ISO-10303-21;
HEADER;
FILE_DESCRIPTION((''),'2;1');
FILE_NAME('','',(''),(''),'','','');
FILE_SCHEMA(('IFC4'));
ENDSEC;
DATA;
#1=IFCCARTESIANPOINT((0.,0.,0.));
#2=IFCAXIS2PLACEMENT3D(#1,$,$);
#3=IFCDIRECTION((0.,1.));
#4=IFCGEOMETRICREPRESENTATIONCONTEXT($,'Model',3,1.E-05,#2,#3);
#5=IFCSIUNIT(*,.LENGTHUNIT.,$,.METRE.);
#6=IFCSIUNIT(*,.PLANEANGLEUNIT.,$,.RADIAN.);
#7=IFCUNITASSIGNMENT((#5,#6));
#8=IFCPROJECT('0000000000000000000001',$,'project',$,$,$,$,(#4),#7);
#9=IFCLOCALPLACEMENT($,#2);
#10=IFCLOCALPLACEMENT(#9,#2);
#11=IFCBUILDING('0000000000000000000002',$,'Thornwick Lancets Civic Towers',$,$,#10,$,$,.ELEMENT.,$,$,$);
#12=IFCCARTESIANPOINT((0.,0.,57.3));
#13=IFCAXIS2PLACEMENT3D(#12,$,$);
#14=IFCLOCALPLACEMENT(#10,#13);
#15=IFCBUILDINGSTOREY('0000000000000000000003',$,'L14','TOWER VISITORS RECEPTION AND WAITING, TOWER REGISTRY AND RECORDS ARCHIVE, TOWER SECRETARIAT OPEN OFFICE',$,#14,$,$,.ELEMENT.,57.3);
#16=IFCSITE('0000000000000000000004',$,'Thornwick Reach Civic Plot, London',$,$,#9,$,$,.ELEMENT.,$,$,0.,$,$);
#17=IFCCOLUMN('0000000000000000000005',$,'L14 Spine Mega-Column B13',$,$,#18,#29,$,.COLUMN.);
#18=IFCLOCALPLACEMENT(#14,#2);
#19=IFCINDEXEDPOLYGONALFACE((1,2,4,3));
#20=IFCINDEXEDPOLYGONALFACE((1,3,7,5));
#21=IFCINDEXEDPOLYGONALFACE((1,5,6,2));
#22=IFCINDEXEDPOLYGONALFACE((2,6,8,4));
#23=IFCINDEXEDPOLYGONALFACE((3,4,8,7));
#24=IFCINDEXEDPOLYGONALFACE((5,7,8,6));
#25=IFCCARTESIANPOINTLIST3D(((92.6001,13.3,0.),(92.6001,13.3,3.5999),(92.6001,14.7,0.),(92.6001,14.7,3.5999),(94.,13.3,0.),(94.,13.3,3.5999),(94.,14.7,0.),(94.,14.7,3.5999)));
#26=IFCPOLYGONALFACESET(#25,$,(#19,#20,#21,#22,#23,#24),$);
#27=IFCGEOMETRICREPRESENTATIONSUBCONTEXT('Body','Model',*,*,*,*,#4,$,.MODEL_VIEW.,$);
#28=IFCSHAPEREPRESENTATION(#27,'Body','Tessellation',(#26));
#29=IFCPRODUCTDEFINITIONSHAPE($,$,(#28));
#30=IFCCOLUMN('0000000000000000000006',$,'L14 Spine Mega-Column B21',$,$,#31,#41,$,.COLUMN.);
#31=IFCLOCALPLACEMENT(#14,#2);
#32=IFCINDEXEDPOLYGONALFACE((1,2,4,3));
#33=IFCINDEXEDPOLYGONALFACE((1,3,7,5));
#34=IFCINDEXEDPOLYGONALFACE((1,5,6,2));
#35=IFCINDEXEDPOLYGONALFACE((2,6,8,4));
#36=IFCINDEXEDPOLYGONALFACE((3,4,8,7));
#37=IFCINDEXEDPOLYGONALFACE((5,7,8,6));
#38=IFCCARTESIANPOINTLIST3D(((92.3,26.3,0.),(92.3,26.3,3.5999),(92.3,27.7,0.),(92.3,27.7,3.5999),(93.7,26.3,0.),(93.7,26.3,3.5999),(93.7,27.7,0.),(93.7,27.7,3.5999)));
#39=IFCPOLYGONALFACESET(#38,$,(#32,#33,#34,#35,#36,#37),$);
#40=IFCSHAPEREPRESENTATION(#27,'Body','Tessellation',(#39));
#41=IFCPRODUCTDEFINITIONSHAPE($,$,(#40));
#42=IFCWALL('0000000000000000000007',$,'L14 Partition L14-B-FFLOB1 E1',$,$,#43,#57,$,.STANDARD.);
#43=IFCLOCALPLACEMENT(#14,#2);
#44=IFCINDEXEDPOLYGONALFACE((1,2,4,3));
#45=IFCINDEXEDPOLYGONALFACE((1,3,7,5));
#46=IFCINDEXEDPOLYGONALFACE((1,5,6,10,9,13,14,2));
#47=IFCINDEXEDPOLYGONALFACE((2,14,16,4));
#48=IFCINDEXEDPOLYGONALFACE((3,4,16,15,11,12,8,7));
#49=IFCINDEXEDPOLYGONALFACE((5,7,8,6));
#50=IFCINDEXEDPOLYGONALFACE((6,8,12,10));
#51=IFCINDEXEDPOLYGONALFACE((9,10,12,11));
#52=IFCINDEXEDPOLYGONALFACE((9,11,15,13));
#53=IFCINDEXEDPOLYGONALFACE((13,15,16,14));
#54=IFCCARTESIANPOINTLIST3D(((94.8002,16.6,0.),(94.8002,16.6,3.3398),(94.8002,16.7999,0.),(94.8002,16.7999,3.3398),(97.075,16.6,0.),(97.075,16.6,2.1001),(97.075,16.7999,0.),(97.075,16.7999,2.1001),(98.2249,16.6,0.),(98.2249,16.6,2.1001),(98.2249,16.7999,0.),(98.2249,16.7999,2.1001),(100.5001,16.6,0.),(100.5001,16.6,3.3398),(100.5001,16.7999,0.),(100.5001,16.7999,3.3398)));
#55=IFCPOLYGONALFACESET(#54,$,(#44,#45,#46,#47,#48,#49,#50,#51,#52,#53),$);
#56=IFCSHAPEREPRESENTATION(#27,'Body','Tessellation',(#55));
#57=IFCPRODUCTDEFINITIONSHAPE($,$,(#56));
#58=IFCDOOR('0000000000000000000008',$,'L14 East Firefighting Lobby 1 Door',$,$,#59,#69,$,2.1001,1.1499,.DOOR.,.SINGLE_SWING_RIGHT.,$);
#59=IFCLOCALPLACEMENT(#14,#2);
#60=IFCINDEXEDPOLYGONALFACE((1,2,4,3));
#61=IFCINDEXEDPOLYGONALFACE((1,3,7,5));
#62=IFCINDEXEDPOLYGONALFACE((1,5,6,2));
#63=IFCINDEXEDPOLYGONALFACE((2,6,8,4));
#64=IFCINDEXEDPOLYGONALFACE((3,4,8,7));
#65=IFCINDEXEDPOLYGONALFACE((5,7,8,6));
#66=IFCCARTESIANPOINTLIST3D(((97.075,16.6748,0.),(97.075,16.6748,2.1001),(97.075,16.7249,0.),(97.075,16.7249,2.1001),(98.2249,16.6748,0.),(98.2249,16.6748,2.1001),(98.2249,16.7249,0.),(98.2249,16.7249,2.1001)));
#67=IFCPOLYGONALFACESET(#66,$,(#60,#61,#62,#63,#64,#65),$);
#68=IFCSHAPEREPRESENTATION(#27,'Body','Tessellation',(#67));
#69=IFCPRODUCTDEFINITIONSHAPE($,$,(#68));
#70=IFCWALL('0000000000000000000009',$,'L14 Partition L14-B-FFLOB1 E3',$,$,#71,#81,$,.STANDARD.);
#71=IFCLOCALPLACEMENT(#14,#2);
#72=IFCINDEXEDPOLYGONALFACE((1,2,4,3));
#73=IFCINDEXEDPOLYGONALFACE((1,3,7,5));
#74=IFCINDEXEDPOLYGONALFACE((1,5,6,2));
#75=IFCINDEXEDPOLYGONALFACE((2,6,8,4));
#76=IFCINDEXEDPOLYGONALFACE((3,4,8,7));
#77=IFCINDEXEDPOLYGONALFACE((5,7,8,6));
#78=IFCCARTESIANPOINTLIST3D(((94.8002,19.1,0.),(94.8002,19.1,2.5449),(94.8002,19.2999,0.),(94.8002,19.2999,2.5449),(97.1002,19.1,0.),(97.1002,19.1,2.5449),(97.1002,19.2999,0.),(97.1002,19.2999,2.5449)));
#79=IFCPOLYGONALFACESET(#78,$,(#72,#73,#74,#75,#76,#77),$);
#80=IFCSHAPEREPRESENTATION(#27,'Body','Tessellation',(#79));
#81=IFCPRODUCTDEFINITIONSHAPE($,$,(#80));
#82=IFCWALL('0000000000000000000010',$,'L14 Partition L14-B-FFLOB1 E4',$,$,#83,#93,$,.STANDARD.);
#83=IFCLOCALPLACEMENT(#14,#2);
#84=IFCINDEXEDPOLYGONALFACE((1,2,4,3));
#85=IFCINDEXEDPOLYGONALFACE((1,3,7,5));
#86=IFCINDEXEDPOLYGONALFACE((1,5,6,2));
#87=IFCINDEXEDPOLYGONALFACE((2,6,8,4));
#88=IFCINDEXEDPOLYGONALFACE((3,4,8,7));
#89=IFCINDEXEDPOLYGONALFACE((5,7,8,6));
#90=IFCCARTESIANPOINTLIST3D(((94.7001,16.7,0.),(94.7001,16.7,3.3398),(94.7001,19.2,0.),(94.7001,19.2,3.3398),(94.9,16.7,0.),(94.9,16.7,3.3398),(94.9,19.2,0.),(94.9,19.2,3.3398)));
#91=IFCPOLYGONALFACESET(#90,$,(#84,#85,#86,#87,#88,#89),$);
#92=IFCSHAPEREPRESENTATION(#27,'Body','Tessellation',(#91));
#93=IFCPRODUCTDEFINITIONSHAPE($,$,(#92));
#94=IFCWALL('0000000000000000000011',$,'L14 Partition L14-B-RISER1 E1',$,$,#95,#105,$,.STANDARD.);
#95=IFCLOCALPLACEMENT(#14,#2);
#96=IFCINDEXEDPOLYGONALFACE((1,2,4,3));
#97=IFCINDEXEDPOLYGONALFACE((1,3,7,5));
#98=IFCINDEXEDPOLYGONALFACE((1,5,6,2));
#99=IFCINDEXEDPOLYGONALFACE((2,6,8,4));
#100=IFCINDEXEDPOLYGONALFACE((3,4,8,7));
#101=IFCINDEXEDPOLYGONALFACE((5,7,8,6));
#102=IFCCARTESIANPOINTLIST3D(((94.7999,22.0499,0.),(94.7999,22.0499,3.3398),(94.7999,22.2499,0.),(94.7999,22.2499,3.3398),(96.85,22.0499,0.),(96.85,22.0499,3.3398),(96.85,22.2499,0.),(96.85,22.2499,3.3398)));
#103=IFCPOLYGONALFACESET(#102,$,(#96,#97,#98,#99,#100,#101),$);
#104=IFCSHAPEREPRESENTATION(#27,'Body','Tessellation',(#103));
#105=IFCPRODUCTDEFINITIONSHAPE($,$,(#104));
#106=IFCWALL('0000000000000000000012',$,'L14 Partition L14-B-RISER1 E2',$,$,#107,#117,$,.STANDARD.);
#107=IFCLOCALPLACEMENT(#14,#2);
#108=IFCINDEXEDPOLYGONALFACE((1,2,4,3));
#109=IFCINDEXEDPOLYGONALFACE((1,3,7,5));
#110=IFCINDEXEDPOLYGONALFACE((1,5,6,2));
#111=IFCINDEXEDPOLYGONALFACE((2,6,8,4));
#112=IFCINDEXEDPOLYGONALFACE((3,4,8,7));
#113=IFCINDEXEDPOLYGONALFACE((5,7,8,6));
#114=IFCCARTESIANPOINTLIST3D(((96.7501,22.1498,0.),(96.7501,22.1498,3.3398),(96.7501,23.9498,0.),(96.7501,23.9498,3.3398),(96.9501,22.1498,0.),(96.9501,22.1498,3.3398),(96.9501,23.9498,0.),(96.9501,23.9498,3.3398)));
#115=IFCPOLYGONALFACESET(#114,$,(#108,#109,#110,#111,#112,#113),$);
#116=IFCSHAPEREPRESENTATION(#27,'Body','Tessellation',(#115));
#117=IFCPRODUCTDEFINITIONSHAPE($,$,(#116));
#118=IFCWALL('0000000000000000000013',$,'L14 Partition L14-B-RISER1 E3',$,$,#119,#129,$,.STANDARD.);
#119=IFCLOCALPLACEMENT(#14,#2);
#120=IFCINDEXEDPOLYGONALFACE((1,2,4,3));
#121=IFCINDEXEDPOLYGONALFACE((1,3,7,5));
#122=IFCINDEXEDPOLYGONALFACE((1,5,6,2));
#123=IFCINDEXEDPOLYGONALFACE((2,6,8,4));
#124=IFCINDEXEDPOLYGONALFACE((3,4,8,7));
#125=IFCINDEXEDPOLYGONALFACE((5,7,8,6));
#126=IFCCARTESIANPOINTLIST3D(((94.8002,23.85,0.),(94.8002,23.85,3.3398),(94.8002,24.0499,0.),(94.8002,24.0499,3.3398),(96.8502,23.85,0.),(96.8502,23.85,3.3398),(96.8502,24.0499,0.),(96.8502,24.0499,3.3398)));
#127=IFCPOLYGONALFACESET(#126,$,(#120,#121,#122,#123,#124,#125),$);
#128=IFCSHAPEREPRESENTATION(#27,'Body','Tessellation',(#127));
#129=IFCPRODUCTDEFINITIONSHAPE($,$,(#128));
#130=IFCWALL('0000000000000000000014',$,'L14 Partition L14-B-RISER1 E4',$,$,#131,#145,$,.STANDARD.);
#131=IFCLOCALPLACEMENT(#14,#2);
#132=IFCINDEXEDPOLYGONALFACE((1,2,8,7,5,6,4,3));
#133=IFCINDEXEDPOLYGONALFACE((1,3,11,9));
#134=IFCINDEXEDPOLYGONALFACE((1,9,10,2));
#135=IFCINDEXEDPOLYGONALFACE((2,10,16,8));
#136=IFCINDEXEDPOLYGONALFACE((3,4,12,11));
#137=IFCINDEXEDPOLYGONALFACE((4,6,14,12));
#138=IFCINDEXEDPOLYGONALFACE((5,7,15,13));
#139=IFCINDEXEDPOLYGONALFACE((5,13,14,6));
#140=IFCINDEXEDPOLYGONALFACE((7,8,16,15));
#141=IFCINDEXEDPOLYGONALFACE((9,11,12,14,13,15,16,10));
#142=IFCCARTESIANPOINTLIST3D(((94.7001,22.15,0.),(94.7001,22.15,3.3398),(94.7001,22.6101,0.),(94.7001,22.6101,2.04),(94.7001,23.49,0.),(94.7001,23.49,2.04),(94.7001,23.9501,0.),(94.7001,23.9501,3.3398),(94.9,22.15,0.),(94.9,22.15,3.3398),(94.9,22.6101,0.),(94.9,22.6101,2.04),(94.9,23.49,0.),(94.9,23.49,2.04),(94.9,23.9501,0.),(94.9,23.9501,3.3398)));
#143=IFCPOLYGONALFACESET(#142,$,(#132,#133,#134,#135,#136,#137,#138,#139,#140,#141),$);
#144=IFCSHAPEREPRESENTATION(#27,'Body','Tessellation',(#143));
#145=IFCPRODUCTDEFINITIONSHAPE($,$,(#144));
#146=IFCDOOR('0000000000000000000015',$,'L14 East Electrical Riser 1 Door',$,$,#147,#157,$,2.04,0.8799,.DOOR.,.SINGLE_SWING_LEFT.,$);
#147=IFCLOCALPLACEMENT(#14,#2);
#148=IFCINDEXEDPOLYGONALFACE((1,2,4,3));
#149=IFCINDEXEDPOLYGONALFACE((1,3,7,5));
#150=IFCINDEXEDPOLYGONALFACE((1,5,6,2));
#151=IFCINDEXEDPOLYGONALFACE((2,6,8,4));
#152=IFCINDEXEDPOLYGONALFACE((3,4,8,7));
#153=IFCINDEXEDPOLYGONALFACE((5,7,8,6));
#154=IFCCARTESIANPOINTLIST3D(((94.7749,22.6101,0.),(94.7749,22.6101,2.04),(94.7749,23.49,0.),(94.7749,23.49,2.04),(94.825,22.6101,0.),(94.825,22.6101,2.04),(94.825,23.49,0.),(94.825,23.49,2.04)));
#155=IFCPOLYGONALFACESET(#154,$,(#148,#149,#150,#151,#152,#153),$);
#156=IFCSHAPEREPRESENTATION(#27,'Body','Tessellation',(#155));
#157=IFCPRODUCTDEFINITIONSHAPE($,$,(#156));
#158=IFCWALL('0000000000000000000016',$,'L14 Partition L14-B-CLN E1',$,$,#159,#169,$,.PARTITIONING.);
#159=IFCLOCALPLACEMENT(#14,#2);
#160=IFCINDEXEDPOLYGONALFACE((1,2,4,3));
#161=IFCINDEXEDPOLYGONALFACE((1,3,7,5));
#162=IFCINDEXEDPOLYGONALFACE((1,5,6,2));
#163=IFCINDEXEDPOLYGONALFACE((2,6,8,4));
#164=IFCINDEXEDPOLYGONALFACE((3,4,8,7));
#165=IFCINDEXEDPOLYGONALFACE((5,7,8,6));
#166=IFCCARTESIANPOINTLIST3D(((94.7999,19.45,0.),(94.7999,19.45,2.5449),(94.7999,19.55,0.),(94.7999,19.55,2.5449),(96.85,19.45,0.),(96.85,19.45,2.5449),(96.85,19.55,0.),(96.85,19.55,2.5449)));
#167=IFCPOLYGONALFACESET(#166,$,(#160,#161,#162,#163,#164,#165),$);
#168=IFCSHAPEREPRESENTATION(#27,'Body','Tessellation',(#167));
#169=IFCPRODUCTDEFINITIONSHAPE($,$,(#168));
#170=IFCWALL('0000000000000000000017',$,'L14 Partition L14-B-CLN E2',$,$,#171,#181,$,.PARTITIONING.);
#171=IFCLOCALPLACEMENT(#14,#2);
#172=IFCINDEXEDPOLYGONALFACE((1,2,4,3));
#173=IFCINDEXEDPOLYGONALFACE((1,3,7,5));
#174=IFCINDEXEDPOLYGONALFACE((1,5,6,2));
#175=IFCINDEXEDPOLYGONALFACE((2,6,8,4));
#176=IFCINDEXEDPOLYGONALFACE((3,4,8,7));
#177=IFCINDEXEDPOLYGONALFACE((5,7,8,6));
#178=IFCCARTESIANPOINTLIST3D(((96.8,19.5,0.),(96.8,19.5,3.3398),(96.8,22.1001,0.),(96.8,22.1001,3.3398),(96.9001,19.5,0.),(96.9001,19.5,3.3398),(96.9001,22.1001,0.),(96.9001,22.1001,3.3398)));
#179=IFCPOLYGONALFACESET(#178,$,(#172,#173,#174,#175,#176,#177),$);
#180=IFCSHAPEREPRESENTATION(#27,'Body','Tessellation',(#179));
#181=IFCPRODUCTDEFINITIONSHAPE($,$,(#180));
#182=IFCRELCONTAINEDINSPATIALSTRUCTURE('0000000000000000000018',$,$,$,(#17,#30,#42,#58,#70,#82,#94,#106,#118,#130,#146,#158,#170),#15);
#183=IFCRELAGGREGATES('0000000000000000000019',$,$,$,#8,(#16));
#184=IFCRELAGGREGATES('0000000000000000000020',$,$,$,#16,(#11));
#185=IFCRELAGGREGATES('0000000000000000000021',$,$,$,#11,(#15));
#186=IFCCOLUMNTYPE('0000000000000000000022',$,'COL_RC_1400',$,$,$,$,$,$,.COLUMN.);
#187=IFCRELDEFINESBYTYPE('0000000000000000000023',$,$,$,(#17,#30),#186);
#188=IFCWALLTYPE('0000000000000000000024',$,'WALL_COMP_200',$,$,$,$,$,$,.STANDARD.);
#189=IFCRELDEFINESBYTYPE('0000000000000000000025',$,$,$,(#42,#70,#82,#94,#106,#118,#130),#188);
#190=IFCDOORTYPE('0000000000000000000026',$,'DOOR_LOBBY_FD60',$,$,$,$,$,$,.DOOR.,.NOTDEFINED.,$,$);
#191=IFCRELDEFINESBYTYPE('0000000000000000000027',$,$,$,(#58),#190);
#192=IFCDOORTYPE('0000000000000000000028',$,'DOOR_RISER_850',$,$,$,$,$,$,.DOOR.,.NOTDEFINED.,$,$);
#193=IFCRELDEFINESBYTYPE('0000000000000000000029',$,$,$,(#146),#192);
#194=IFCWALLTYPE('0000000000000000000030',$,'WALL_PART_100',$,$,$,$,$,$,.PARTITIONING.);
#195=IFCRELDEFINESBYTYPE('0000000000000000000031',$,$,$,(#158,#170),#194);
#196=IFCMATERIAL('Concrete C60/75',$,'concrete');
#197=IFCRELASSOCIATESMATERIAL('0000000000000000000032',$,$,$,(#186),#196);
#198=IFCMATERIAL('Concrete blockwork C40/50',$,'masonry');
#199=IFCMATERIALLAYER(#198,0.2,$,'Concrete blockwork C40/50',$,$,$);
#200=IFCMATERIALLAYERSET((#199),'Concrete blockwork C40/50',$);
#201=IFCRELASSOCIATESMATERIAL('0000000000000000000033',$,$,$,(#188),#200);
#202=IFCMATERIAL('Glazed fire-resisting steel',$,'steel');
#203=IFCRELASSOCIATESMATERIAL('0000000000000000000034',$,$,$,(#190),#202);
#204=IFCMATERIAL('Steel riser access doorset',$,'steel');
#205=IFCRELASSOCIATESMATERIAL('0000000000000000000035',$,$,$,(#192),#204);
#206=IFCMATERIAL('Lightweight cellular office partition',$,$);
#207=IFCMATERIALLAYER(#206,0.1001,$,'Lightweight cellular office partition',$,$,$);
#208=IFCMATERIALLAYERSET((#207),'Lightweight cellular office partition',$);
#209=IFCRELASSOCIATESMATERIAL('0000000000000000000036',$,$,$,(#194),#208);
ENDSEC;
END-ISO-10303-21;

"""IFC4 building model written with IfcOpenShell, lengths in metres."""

from ifc_helpers import new_model, si_unit, direction, frame, frame_2d, origin, origin_2d, place, context, subcontext, project, spatial, rectangle, extrude, material, layer, layer_set, material_profile, profile_set, type_object, element, fill, save


model = new_model("IFC4")

# Units and contexts
model_context = context("Model", 3, precision=1e-05, world=origin(), true_north=direction((0.0, 1.0)))
body_context = subcontext(model_context, "Body", "Model", "MODEL_VIEW")
ifc_project = project(units=[si_unit("LENGTHUNIT", "METRE"), si_unit("PLANEANGLEUNIT", "RADIAN")], contexts=[model_context])

# Site, building, storey
site_placement = place(None, origin())
site = spatial("IfcSite", under=ifc_project, at=site_placement, Name="Thornwick Reach Civic Plot, London", CompositionType="ELEMENT", RefElevation=0.0)
building_placement = place(site_placement, origin())
building = spatial("IfcBuilding", under=site, at=building_placement, Name="Thornwick Lancets Civic Towers", CompositionType="ELEMENT")
storey_placement = place(building_placement, frame((0.0, 0.0, 57.3)))
storey = spatial("IfcBuildingStorey", under=building, at=storey_placement, Name="L14", Description="TOWER VISITORS RECEPTION AND WAITING, TOWER REGISTRY AND RECORDS ARCHIVE, TOWER SECRETARIAT OPEN OFFICE", CompositionType="ELEMENT", Elevation=57.3)

# Columns
ifc_material_1 = material(Name="Concrete C60/75", Category="concrete")
ifc_material_profile = material_profile(ifc_material_1, rectangle(XDim=1.3999, YDim=1.3999, at=origin_2d()), Name="RC 1400x1400")
ifc_profile_set = profile_set([ifc_material_profile], Name="Concrete C60/75")
column_type = type_object("IfcColumnType", Name="COL_RC_1400", PredefinedType="COLUMN", material=ifc_profile_set)
for number, where, z_axis, x_axis, name in (
    (1, (93.3, 14.0, 0.0), (0.0, 0.0, 1.0), (1.0, 0.0, 0.0), "L14 Spine Mega-Column B13"),
    (2, (93.0, 27.0, 0.0), (0.0, 0.0, 1.0), (1.0, 0.0, 0.0), "L14 Spine Mega-Column B21"),
):
    element("IfcColumn", number, at=place(storey_placement, frame(where, z_axis=z_axis, x_axis=x_axis)), inside=storey, type_object=column_type, Name=name, PredefinedType="COLUMN", context=body_context, shape_type="SweptSolid", body=[
        extrude(rectangle(XDim=1.3999, YDim=1.3999, at=origin_2d()), origin(), (0.0, 0.0, 1.0), 3.5999),
    ])

# Wall, opening, door
ifc_material_2 = material(Name="Concrete blockwork C40/50", Category="masonry")
ifc_layer_1 = layer(ifc_material_2, 0.2, Name="Concrete blockwork C40/50")
ifc_layer_set_1 = layer_set([ifc_layer_1], Name="Concrete blockwork C40/50")
wall_type_1 = type_object("IfcWallType", Name="WALL_COMP_200", PredefinedType="STANDARD", material=ifc_layer_set_1)
wall_1_placement = place(storey_placement, frame((94.8, 16.7, 0.0), z_axis=(0.0, 0.0, 1.0), x_axis=(1.0, 0.0, 0.0)))
wall_1 = element("IfcWall", 3, at=wall_1_placement, inside=storey, type_object=wall_type_1, Name="L14 Partition L14-B-FFLOB1 E1", PredefinedType="STANDARD", context=body_context, shape_type="SweptSolid", body=[
    extrude(rectangle(XDim=5.7, YDim=0.2, at=frame_2d((2.8501, 0.0))), origin(), (0.0, 0.0, 1.0), 3.3398),
])
opening_1_placement = place(wall_1_placement, frame((2.2749, 0.0, 0.0)))
opening_1 = element("IfcOpeningElement", 4, at=opening_1_placement, cuts=wall_1, PredefinedType="OPENING", context=body_context, shape_type="SweptSolid", body=[
    extrude(rectangle(XDim=1.1499, YDim=2.1001, at=frame_2d((0.575, 1.05))), frame((0.0, 0.1099, 0.0), z_axis=(0.0, -1.0, 0.0), x_axis=(1.0, 0.0, 0.0)), (0.0, 0.0, 1.0), 0.22),
])
ifc_material_3 = material(Name="Glazed fire-resisting steel", Category="steel")
door_type_1 = type_object("IfcDoorType", Name="DOOR_LOBBY_FD60", OperationType="NOTDEFINED", PredefinedType="DOOR", material=ifc_material_3)
door_1_placement = place(opening_1_placement, origin())
door_1 = element("IfcDoor", 5, at=door_1_placement, inside=storey, type_object=door_type_1, Name="L14 East Firefighting Lobby 1 Door", OperationType="SINGLE_SWING_RIGHT", OverallHeight=2.1001, OverallWidth=1.1499, PredefinedType="DOOR", context=body_context, shape_type="SweptSolid", body=[
    extrude(rectangle(XDim=1.1499, YDim=2.1001, at=frame_2d((0.575, 1.05))), frame((0.0, 0.0249, 0.0), z_axis=(0.0, -1.0, 0.0), x_axis=(1.0, 0.0, 0.0)), (0.0, 0.0, 1.0), 0.05),
])
fill(opening_1, door_1)

# Walls
wall_2_placement = place(storey_placement, frame((97.1001, 19.2, 0.0), z_axis=(0.0, 0.0, 1.0), x_axis=(-1.0, 0.0, 0.0)))
element("IfcWall", 6, at=wall_2_placement, inside=storey, type_object=wall_type_1, Name="L14 Partition L14-B-FFLOB1 E3", PredefinedType="STANDARD", context=body_context, shape_type="SweptSolid", body=[
    extrude(rectangle(XDim=2.3, YDim=0.2, at=frame_2d((1.1499, 0.0))), origin(), (0.0, 0.0, 1.0), 2.5449),
])
wall_3_placement = place(storey_placement, frame((94.8, 19.2, 0.0), z_axis=(0.0, 0.0, 1.0), x_axis=(0.0, -1.0, 0.0)))
element("IfcWall", 7, at=wall_3_placement, inside=storey, type_object=wall_type_1, Name="L14 Partition L14-B-FFLOB1 E4", PredefinedType="STANDARD", context=body_context, shape_type="SweptSolid", body=[
    extrude(rectangle(XDim=2.5, YDim=0.2, at=frame_2d((1.25, 0.0))), origin(), (0.0, 0.0, 1.0), 3.3398),
])
wall_4_placement = place(storey_placement, frame((94.8, 22.1499, 0.0), z_axis=(0.0, 0.0, 1.0), x_axis=(1.0, 0.0, 0.0)))
element("IfcWall", 8, at=wall_4_placement, inside=storey, type_object=wall_type_1, Name="L14 Partition L14-B-RISER1 E1", PredefinedType="STANDARD", context=body_context, shape_type="SweptSolid", body=[
    extrude(rectangle(XDim=2.05, YDim=0.2, at=frame_2d((1.0249, 0.0))), origin(), (0.0, 0.0, 1.0), 3.3398),
])
wall_5_placement = place(storey_placement, frame((96.8501, 22.1499, 0.0), z_axis=(0.0, 0.0, 1.0), x_axis=(0.0, 1.0, 0.0)))
element("IfcWall", 9, at=wall_5_placement, inside=storey, type_object=wall_type_1, Name="L14 Partition L14-B-RISER1 E2", PredefinedType="STANDARD", context=body_context, shape_type="SweptSolid", body=[
    extrude(rectangle(XDim=1.8, YDim=0.2, at=frame_2d((0.8999, 0.0))), origin(), (0.0, 0.0, 1.0), 3.3398),
])
wall_6_placement = place(storey_placement, frame((96.8501, 23.95, 0.0), z_axis=(0.0, 0.0, 1.0), x_axis=(-1.0, 0.0, 0.0)))
element("IfcWall", 10, at=wall_6_placement, inside=storey, type_object=wall_type_1, Name="L14 Partition L14-B-RISER1 E3", PredefinedType="STANDARD", context=body_context, shape_type="SweptSolid", body=[
    extrude(rectangle(XDim=2.05, YDim=0.2, at=frame_2d((1.0249, 0.0))), origin(), (0.0, 0.0, 1.0), 3.3398),
])

# Wall, opening, door
wall_7_placement = place(storey_placement, frame((94.8, 23.95, 0.0), z_axis=(0.0, 0.0, 1.0), x_axis=(0.0, -1.0, 0.0)))
wall_7 = element("IfcWall", 11, at=wall_7_placement, inside=storey, type_object=wall_type_1, Name="L14 Partition L14-B-RISER1 E4", PredefinedType="STANDARD", context=body_context, shape_type="SweptSolid", body=[
    extrude(rectangle(XDim=1.8, YDim=0.2, at=frame_2d((0.8999, 0.0))), origin(), (0.0, 0.0, 1.0), 3.3398),
])
opening_2_placement = place(wall_7_placement, frame((0.46, 0.0, 0.0)))
opening_2 = element("IfcOpeningElement", 12, at=opening_2_placement, cuts=wall_7, PredefinedType="OPENING", context=body_context, shape_type="SweptSolid", body=[
    extrude(rectangle(XDim=0.8799, YDim=2.04, at=frame_2d((0.4399, 1.02))), frame((0.0, 0.1099, 0.0), z_axis=(0.0, -1.0, 0.0), x_axis=(1.0, 0.0, 0.0)), (0.0, 0.0, 1.0), 0.22),
])
ifc_material_4 = material(Name="Steel riser access doorset", Category="steel")
door_type_2 = type_object("IfcDoorType", Name="DOOR_RISER_850", OperationType="NOTDEFINED", PredefinedType="DOOR", material=ifc_material_4)
door_2_placement = place(opening_2_placement, origin())
door_2 = element("IfcDoor", 13, at=door_2_placement, inside=storey, type_object=door_type_2, Name="L14 East Electrical Riser 1 Door", OperationType="SINGLE_SWING_LEFT", OverallHeight=2.04, OverallWidth=0.8799, PredefinedType="DOOR", context=body_context, shape_type="SweptSolid", body=[
    extrude(rectangle(XDim=0.8799, YDim=2.04, at=frame_2d((0.4399, 1.02))), frame((0.0, 0.0249, 0.0), z_axis=(0.0, -1.0, 0.0), x_axis=(1.0, 0.0, 0.0)), (0.0, 0.0, 1.0), 0.05),
])
fill(opening_2, door_2)

# Walls
ifc_material_5 = material(Name="Lightweight cellular office partition")
ifc_layer_2 = layer(ifc_material_5, 0.1001, Name="Lightweight cellular office partition")
ifc_layer_set_2 = layer_set([ifc_layer_2], Name="Lightweight cellular office partition")
wall_type_2 = type_object("IfcWallType", Name="WALL_PART_100", PredefinedType="PARTITIONING", material=ifc_layer_set_2)
wall_8_placement = place(storey_placement, frame((94.8, 19.5, 0.0), z_axis=(0.0, 0.0, 1.0), x_axis=(1.0, 0.0, 0.0)))
element("IfcWall", 14, at=wall_8_placement, inside=storey, type_object=wall_type_2, Name="L14 Partition L14-B-CLN E1", PredefinedType="PARTITIONING", context=body_context, shape_type="SweptSolid", body=[
    extrude(rectangle(XDim=2.05, YDim=0.1001, at=frame_2d((1.0249, 0.0))), origin(), (0.0, 0.0, 1.0), 2.5449),
])
wall_9_placement = place(storey_placement, frame((96.8501, 19.5, 0.0), z_axis=(0.0, 0.0, 1.0), x_axis=(0.0, 1.0, 0.0)))
element("IfcWall", 15, at=wall_9_placement, inside=storey, type_object=wall_type_2, Name="L14 Partition L14-B-CLN E2", PredefinedType="PARTITIONING", context=body_context, shape_type="SweptSolid", body=[
    extrude(rectangle(XDim=2.6001, YDim=0.1001, at=frame_2d((1.3, 0.0))), origin(), (0.0, 0.0, 1.0), 3.3398),
])

save(model, "model.ifc")
